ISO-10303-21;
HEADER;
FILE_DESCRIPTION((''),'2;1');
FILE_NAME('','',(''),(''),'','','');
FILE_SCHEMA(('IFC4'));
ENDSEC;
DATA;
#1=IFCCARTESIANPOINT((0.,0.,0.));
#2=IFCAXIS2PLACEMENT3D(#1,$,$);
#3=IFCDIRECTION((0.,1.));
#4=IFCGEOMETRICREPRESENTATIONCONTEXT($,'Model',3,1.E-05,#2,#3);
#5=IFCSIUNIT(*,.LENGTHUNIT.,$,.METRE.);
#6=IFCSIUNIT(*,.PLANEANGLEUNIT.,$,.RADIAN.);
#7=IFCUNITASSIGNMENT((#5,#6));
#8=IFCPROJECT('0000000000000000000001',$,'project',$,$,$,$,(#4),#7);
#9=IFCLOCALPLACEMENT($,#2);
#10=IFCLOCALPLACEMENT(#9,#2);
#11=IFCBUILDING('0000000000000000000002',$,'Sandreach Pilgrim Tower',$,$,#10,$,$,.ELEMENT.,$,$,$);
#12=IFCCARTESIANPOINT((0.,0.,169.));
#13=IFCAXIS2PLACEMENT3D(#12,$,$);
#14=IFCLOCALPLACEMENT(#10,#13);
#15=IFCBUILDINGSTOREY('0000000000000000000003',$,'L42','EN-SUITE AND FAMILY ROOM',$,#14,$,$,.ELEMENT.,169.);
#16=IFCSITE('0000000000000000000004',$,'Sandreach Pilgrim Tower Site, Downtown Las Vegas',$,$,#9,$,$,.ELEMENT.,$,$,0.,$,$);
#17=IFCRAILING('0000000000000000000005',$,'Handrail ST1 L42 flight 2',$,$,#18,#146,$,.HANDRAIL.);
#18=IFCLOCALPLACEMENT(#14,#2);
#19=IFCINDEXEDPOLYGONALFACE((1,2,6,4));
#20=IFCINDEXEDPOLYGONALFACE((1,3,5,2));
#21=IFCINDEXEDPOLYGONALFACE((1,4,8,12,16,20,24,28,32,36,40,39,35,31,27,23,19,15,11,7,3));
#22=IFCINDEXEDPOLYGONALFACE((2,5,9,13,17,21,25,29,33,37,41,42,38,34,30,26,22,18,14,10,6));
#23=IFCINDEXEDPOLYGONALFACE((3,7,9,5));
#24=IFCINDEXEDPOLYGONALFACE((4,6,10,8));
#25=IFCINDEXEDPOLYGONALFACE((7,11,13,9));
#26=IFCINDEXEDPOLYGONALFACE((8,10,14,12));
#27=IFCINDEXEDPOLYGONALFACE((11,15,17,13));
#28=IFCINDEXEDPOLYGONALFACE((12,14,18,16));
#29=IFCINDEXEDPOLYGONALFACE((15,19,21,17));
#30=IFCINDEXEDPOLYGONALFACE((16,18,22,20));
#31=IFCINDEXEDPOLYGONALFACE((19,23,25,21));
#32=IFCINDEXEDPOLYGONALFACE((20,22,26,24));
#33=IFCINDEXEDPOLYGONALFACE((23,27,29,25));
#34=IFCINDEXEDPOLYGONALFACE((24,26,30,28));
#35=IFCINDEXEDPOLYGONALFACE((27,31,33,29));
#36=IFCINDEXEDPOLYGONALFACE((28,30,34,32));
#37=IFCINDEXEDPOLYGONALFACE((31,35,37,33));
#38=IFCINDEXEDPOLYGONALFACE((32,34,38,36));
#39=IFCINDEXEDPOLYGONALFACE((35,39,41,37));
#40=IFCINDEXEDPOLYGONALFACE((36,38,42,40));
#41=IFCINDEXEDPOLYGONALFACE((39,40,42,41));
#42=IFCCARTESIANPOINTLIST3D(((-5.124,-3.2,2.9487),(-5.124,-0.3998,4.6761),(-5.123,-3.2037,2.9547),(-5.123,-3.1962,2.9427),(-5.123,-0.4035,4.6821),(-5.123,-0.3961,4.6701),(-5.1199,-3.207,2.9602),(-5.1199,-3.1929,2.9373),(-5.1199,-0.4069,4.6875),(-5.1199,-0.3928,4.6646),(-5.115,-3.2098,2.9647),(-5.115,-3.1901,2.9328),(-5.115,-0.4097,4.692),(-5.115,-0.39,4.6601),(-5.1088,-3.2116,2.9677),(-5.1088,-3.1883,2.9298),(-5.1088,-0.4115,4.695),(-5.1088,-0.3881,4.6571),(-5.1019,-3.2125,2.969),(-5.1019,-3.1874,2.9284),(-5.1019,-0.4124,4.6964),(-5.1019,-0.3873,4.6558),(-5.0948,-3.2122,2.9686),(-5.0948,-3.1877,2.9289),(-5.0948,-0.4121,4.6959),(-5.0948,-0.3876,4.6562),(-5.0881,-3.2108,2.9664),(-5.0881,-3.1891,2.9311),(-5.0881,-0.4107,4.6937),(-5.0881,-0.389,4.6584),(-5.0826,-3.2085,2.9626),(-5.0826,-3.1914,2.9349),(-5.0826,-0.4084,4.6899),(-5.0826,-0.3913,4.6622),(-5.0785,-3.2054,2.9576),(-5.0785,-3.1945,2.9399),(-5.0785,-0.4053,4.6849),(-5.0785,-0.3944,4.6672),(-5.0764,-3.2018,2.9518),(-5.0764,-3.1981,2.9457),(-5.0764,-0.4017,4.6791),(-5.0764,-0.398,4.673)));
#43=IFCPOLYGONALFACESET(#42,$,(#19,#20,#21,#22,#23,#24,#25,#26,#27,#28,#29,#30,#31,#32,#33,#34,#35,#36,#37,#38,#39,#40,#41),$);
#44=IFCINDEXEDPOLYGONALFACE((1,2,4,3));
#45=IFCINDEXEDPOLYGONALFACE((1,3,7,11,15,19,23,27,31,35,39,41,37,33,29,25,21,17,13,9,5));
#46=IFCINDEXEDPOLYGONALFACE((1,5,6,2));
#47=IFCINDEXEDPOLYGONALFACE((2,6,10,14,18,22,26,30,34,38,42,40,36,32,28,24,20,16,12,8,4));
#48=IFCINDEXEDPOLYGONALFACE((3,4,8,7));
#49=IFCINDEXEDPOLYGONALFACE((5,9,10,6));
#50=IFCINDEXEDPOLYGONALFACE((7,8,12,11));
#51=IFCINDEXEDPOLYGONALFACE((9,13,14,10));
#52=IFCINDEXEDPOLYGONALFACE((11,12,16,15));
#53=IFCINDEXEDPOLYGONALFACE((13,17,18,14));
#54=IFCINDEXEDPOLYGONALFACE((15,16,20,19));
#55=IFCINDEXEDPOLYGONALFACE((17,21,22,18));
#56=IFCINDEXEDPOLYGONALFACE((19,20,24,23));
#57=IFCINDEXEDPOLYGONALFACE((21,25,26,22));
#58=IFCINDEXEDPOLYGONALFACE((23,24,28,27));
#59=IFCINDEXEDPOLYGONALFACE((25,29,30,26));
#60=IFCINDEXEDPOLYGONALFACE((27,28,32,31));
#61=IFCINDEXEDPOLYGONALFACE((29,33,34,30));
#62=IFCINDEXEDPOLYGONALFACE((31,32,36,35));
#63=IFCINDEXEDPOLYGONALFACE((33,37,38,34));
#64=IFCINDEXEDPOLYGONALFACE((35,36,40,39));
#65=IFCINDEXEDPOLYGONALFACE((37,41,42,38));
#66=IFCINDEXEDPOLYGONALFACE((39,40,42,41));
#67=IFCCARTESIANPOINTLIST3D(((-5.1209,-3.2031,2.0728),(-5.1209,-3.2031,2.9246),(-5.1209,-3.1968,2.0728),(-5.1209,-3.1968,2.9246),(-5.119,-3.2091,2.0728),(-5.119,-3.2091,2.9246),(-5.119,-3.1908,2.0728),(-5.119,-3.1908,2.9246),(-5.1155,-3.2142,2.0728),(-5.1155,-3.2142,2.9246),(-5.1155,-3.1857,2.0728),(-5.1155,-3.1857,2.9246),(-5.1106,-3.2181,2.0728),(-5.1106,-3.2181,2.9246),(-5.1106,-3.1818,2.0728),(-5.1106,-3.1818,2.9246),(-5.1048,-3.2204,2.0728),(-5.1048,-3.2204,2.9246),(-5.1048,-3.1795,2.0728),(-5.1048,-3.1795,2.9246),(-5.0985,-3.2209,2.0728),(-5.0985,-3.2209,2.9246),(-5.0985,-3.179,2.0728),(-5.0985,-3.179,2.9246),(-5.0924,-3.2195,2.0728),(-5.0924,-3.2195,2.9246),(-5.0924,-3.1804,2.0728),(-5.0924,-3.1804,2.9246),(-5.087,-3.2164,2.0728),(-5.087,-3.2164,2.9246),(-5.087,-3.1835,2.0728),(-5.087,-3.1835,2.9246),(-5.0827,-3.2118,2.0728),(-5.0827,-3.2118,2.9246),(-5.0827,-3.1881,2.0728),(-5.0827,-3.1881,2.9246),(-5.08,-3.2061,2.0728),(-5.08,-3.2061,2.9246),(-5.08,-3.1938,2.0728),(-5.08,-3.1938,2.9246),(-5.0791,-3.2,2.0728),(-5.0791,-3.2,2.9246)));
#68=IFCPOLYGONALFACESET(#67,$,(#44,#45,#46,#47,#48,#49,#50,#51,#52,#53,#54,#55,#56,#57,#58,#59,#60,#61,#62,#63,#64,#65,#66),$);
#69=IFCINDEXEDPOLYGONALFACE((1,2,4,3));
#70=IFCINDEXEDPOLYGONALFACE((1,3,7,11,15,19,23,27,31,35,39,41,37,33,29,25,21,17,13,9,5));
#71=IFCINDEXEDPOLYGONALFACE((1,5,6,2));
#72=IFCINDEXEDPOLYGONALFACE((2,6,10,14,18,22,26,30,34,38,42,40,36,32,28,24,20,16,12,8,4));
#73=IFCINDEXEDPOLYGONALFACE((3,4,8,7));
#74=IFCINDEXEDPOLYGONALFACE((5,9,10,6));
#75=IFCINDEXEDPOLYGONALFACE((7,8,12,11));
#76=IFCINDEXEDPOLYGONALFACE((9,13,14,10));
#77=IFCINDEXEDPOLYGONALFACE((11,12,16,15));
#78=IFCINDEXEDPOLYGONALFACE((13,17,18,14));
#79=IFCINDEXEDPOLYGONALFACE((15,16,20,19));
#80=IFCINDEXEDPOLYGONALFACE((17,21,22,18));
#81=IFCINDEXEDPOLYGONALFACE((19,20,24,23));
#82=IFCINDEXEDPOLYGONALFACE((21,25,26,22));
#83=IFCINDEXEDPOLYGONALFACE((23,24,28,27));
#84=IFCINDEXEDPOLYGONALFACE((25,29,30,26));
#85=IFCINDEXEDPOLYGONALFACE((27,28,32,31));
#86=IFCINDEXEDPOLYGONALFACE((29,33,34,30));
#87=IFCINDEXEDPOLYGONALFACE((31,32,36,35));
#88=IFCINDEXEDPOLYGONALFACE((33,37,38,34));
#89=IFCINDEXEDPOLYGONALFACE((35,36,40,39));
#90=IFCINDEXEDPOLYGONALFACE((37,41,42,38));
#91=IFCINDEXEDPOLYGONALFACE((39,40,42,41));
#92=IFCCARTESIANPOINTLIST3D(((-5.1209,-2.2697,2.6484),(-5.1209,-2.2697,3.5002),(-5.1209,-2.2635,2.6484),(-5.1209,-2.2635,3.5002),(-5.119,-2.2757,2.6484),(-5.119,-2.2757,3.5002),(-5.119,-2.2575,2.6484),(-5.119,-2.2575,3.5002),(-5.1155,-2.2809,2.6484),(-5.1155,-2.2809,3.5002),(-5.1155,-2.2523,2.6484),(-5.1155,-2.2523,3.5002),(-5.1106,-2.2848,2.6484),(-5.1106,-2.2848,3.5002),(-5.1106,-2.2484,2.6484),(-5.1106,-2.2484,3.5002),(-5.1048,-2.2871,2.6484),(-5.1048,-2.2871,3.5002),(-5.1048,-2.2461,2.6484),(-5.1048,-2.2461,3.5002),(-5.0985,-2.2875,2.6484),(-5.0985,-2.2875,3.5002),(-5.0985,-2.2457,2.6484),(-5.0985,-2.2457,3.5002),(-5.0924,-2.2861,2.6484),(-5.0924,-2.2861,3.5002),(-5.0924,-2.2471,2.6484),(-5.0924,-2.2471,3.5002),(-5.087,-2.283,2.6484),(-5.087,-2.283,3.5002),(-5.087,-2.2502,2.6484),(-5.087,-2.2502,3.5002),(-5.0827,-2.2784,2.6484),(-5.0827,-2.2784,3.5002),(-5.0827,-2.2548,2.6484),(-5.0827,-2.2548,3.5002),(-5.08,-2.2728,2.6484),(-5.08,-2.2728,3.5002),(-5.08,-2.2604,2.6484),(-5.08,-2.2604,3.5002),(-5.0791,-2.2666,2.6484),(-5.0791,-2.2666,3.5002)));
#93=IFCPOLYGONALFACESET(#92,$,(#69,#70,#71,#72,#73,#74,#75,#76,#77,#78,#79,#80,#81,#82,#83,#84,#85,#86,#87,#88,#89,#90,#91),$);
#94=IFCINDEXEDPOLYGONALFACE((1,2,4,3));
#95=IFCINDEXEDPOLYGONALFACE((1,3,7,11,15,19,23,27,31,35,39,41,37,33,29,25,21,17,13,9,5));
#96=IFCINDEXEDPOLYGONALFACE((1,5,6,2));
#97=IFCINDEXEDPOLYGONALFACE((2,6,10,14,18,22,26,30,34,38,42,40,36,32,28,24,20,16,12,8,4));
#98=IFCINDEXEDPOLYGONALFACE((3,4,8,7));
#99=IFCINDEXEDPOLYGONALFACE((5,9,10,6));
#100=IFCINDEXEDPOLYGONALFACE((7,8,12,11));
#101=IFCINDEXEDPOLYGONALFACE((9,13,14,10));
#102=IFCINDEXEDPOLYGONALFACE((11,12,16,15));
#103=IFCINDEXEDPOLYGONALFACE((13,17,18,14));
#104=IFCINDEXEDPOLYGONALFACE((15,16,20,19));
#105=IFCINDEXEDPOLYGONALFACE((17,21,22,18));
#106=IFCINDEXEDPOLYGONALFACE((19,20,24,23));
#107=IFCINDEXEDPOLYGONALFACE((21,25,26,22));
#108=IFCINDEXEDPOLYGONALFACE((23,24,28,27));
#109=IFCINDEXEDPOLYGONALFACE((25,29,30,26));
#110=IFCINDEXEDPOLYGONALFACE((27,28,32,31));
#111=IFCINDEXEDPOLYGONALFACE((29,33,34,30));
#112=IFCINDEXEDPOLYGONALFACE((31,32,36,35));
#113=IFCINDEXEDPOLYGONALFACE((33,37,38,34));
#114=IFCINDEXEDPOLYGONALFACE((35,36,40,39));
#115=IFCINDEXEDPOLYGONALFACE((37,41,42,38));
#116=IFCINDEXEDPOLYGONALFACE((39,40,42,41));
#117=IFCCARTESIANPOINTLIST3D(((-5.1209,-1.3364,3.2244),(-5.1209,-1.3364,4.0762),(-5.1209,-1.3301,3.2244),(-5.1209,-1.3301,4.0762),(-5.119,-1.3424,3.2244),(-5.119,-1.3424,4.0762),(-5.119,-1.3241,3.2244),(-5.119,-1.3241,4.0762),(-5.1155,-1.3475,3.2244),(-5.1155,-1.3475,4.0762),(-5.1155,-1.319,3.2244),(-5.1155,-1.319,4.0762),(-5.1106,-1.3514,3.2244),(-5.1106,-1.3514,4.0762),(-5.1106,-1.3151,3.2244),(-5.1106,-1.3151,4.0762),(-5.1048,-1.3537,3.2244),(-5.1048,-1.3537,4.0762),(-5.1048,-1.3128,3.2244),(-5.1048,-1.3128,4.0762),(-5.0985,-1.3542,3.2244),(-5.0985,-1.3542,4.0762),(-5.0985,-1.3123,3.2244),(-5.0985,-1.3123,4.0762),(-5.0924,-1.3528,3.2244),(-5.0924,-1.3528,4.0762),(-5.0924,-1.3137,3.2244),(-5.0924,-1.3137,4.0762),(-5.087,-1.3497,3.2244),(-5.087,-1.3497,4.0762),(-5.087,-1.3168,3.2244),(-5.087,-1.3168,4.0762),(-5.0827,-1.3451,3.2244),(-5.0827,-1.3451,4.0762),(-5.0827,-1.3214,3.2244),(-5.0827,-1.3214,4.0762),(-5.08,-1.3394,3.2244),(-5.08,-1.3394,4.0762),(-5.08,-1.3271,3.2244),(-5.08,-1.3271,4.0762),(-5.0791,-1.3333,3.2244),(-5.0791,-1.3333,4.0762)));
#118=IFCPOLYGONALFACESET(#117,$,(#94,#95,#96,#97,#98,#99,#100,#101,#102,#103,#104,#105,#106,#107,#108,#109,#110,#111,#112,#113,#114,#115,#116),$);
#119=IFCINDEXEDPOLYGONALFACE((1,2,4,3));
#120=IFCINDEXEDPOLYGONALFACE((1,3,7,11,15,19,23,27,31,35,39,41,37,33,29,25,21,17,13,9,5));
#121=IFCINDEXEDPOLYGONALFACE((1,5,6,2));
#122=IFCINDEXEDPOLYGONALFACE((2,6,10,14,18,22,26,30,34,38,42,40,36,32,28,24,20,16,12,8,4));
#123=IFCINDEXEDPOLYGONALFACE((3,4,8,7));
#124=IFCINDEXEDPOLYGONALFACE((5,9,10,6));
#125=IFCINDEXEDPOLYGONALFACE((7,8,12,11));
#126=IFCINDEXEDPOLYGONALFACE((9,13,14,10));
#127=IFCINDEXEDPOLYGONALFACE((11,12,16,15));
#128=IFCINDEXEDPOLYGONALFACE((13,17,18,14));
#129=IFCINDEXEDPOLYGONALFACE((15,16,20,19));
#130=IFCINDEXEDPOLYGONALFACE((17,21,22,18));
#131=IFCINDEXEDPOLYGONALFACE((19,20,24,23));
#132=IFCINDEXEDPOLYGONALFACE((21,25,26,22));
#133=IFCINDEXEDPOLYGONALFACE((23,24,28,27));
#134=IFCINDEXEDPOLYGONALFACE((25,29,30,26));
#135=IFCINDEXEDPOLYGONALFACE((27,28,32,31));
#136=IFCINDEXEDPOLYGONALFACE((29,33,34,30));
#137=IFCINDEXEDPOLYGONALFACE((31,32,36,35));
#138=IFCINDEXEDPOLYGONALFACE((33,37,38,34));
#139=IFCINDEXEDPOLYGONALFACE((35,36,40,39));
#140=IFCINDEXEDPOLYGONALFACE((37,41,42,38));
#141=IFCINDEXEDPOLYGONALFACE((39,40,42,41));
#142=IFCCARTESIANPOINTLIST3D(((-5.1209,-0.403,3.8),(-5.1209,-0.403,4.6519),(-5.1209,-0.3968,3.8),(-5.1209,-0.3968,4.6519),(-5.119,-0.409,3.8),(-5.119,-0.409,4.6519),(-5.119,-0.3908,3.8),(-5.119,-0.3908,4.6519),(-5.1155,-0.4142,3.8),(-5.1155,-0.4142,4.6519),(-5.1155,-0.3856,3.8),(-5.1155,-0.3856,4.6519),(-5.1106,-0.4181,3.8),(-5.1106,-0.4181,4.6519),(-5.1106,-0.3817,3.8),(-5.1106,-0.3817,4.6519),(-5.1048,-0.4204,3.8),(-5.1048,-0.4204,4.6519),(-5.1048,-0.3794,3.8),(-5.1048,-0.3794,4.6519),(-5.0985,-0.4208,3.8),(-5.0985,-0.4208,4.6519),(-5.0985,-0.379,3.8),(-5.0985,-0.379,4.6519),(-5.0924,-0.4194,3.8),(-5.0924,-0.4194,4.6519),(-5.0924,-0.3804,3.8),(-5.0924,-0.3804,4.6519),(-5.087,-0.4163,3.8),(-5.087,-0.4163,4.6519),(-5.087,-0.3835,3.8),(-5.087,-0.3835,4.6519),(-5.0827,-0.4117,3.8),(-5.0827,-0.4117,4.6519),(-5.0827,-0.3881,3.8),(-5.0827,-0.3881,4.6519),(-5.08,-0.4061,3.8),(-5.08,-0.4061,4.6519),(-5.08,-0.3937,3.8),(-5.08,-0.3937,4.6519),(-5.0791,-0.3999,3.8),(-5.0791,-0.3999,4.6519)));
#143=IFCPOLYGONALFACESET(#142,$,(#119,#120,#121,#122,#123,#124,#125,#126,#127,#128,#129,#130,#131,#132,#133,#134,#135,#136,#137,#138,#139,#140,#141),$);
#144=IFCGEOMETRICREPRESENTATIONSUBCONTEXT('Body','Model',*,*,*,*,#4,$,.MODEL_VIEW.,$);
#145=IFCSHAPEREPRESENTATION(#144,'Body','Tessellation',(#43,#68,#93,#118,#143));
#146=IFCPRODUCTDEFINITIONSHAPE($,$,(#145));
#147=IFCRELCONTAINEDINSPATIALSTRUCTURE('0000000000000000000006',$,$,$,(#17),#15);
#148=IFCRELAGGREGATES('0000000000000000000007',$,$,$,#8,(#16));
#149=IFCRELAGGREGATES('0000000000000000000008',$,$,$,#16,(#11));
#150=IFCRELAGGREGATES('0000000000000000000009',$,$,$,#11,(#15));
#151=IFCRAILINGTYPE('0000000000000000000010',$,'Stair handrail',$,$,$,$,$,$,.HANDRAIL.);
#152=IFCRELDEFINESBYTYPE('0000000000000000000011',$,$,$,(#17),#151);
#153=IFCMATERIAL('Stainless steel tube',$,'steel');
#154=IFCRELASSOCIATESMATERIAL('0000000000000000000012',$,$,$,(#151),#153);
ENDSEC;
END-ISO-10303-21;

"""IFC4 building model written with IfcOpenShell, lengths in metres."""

from ifc_helpers import new_model, si_unit, direction, frame, origin, origin_2d, place, context, subcontext, project, spatial, circle, extrude, material, type_object, element, save


model = new_model("IFC4")

# Units and contexts
model_context = context("Model", 3, precision=1e-05, world=origin(), true_north=direction((0.0, 1.0)))
body_context = subcontext(model_context, "Body", "Model", "MODEL_VIEW")
ifc_project = project(units=[si_unit("LENGTHUNIT", "METRE"), si_unit("PLANEANGLEUNIT", "RADIAN")], contexts=[model_context])

# Site, building, storey
site_placement = place(None, origin())
site = spatial("IfcSite", under=ifc_project, at=site_placement, Name="Sandreach Pilgrim Tower Site, Downtown Las Vegas", CompositionType="ELEMENT", RefElevation=0.0)
building_placement = place(site_placement, origin())
building = spatial("IfcBuilding", under=site, at=building_placement, Name="Sandreach Pilgrim Tower", CompositionType="ELEMENT")
storey_placement = place(building_placement, frame((0.0, 0.0, 169.0)))
storey = spatial("IfcBuildingStorey", under=building, at=storey_placement, Name="L42", Description="EN-SUITE AND FAMILY ROOM", CompositionType="ELEMENT", Elevation=169.0)

# Railing
ifc_material_1 = material(Name="Stainless steel tube", Category="steel")
railing_type = type_object("IfcRailingType", Name="Stair handrail", PredefinedType="HANDRAIL", material=ifc_material_1)
for number, where, name in (
    (1, (-5.1001, -3.2, 2.0728), "Handrail ST1 L42 flight 2"),
):
    element("IfcRailing", number, at=place(storey_placement, frame(where)), inside=storey, type_object=railing_type, Name=name, PredefinedType="HANDRAIL", context=body_context, shape_type="SweptSolid", body=[
        extrude(circle(Radius=0.0239, at=origin_2d()), frame((0.0, 0.0, 0.876), z_axis=(0.0, 0.85109, 0.52502), x_axis=(-1.0, 0.0, 0.0)), (0.0, 0.0, 1.0), 3.29),
        extrude(circle(Radius=0.021, at=origin_2d()), origin(), (0.0, 0.0, 1.0), 0.8518),
        extrude(circle(Radius=0.021, at=origin_2d()), frame((0.0, 0.9333, 0.5757)), (0.0, 0.0, 1.0), 0.8518),
        extrude(circle(Radius=0.021, at=origin_2d()), frame((0.0, 1.8667, 1.1516)), (0.0, 0.0, 1.0), 0.8518),
        extrude(circle(Radius=0.021, at=origin_2d()), frame((0.0, 2.8, 1.7273)), (0.0, 0.0, 1.0), 0.8518),
    ])

save(model, "model.ifc")
